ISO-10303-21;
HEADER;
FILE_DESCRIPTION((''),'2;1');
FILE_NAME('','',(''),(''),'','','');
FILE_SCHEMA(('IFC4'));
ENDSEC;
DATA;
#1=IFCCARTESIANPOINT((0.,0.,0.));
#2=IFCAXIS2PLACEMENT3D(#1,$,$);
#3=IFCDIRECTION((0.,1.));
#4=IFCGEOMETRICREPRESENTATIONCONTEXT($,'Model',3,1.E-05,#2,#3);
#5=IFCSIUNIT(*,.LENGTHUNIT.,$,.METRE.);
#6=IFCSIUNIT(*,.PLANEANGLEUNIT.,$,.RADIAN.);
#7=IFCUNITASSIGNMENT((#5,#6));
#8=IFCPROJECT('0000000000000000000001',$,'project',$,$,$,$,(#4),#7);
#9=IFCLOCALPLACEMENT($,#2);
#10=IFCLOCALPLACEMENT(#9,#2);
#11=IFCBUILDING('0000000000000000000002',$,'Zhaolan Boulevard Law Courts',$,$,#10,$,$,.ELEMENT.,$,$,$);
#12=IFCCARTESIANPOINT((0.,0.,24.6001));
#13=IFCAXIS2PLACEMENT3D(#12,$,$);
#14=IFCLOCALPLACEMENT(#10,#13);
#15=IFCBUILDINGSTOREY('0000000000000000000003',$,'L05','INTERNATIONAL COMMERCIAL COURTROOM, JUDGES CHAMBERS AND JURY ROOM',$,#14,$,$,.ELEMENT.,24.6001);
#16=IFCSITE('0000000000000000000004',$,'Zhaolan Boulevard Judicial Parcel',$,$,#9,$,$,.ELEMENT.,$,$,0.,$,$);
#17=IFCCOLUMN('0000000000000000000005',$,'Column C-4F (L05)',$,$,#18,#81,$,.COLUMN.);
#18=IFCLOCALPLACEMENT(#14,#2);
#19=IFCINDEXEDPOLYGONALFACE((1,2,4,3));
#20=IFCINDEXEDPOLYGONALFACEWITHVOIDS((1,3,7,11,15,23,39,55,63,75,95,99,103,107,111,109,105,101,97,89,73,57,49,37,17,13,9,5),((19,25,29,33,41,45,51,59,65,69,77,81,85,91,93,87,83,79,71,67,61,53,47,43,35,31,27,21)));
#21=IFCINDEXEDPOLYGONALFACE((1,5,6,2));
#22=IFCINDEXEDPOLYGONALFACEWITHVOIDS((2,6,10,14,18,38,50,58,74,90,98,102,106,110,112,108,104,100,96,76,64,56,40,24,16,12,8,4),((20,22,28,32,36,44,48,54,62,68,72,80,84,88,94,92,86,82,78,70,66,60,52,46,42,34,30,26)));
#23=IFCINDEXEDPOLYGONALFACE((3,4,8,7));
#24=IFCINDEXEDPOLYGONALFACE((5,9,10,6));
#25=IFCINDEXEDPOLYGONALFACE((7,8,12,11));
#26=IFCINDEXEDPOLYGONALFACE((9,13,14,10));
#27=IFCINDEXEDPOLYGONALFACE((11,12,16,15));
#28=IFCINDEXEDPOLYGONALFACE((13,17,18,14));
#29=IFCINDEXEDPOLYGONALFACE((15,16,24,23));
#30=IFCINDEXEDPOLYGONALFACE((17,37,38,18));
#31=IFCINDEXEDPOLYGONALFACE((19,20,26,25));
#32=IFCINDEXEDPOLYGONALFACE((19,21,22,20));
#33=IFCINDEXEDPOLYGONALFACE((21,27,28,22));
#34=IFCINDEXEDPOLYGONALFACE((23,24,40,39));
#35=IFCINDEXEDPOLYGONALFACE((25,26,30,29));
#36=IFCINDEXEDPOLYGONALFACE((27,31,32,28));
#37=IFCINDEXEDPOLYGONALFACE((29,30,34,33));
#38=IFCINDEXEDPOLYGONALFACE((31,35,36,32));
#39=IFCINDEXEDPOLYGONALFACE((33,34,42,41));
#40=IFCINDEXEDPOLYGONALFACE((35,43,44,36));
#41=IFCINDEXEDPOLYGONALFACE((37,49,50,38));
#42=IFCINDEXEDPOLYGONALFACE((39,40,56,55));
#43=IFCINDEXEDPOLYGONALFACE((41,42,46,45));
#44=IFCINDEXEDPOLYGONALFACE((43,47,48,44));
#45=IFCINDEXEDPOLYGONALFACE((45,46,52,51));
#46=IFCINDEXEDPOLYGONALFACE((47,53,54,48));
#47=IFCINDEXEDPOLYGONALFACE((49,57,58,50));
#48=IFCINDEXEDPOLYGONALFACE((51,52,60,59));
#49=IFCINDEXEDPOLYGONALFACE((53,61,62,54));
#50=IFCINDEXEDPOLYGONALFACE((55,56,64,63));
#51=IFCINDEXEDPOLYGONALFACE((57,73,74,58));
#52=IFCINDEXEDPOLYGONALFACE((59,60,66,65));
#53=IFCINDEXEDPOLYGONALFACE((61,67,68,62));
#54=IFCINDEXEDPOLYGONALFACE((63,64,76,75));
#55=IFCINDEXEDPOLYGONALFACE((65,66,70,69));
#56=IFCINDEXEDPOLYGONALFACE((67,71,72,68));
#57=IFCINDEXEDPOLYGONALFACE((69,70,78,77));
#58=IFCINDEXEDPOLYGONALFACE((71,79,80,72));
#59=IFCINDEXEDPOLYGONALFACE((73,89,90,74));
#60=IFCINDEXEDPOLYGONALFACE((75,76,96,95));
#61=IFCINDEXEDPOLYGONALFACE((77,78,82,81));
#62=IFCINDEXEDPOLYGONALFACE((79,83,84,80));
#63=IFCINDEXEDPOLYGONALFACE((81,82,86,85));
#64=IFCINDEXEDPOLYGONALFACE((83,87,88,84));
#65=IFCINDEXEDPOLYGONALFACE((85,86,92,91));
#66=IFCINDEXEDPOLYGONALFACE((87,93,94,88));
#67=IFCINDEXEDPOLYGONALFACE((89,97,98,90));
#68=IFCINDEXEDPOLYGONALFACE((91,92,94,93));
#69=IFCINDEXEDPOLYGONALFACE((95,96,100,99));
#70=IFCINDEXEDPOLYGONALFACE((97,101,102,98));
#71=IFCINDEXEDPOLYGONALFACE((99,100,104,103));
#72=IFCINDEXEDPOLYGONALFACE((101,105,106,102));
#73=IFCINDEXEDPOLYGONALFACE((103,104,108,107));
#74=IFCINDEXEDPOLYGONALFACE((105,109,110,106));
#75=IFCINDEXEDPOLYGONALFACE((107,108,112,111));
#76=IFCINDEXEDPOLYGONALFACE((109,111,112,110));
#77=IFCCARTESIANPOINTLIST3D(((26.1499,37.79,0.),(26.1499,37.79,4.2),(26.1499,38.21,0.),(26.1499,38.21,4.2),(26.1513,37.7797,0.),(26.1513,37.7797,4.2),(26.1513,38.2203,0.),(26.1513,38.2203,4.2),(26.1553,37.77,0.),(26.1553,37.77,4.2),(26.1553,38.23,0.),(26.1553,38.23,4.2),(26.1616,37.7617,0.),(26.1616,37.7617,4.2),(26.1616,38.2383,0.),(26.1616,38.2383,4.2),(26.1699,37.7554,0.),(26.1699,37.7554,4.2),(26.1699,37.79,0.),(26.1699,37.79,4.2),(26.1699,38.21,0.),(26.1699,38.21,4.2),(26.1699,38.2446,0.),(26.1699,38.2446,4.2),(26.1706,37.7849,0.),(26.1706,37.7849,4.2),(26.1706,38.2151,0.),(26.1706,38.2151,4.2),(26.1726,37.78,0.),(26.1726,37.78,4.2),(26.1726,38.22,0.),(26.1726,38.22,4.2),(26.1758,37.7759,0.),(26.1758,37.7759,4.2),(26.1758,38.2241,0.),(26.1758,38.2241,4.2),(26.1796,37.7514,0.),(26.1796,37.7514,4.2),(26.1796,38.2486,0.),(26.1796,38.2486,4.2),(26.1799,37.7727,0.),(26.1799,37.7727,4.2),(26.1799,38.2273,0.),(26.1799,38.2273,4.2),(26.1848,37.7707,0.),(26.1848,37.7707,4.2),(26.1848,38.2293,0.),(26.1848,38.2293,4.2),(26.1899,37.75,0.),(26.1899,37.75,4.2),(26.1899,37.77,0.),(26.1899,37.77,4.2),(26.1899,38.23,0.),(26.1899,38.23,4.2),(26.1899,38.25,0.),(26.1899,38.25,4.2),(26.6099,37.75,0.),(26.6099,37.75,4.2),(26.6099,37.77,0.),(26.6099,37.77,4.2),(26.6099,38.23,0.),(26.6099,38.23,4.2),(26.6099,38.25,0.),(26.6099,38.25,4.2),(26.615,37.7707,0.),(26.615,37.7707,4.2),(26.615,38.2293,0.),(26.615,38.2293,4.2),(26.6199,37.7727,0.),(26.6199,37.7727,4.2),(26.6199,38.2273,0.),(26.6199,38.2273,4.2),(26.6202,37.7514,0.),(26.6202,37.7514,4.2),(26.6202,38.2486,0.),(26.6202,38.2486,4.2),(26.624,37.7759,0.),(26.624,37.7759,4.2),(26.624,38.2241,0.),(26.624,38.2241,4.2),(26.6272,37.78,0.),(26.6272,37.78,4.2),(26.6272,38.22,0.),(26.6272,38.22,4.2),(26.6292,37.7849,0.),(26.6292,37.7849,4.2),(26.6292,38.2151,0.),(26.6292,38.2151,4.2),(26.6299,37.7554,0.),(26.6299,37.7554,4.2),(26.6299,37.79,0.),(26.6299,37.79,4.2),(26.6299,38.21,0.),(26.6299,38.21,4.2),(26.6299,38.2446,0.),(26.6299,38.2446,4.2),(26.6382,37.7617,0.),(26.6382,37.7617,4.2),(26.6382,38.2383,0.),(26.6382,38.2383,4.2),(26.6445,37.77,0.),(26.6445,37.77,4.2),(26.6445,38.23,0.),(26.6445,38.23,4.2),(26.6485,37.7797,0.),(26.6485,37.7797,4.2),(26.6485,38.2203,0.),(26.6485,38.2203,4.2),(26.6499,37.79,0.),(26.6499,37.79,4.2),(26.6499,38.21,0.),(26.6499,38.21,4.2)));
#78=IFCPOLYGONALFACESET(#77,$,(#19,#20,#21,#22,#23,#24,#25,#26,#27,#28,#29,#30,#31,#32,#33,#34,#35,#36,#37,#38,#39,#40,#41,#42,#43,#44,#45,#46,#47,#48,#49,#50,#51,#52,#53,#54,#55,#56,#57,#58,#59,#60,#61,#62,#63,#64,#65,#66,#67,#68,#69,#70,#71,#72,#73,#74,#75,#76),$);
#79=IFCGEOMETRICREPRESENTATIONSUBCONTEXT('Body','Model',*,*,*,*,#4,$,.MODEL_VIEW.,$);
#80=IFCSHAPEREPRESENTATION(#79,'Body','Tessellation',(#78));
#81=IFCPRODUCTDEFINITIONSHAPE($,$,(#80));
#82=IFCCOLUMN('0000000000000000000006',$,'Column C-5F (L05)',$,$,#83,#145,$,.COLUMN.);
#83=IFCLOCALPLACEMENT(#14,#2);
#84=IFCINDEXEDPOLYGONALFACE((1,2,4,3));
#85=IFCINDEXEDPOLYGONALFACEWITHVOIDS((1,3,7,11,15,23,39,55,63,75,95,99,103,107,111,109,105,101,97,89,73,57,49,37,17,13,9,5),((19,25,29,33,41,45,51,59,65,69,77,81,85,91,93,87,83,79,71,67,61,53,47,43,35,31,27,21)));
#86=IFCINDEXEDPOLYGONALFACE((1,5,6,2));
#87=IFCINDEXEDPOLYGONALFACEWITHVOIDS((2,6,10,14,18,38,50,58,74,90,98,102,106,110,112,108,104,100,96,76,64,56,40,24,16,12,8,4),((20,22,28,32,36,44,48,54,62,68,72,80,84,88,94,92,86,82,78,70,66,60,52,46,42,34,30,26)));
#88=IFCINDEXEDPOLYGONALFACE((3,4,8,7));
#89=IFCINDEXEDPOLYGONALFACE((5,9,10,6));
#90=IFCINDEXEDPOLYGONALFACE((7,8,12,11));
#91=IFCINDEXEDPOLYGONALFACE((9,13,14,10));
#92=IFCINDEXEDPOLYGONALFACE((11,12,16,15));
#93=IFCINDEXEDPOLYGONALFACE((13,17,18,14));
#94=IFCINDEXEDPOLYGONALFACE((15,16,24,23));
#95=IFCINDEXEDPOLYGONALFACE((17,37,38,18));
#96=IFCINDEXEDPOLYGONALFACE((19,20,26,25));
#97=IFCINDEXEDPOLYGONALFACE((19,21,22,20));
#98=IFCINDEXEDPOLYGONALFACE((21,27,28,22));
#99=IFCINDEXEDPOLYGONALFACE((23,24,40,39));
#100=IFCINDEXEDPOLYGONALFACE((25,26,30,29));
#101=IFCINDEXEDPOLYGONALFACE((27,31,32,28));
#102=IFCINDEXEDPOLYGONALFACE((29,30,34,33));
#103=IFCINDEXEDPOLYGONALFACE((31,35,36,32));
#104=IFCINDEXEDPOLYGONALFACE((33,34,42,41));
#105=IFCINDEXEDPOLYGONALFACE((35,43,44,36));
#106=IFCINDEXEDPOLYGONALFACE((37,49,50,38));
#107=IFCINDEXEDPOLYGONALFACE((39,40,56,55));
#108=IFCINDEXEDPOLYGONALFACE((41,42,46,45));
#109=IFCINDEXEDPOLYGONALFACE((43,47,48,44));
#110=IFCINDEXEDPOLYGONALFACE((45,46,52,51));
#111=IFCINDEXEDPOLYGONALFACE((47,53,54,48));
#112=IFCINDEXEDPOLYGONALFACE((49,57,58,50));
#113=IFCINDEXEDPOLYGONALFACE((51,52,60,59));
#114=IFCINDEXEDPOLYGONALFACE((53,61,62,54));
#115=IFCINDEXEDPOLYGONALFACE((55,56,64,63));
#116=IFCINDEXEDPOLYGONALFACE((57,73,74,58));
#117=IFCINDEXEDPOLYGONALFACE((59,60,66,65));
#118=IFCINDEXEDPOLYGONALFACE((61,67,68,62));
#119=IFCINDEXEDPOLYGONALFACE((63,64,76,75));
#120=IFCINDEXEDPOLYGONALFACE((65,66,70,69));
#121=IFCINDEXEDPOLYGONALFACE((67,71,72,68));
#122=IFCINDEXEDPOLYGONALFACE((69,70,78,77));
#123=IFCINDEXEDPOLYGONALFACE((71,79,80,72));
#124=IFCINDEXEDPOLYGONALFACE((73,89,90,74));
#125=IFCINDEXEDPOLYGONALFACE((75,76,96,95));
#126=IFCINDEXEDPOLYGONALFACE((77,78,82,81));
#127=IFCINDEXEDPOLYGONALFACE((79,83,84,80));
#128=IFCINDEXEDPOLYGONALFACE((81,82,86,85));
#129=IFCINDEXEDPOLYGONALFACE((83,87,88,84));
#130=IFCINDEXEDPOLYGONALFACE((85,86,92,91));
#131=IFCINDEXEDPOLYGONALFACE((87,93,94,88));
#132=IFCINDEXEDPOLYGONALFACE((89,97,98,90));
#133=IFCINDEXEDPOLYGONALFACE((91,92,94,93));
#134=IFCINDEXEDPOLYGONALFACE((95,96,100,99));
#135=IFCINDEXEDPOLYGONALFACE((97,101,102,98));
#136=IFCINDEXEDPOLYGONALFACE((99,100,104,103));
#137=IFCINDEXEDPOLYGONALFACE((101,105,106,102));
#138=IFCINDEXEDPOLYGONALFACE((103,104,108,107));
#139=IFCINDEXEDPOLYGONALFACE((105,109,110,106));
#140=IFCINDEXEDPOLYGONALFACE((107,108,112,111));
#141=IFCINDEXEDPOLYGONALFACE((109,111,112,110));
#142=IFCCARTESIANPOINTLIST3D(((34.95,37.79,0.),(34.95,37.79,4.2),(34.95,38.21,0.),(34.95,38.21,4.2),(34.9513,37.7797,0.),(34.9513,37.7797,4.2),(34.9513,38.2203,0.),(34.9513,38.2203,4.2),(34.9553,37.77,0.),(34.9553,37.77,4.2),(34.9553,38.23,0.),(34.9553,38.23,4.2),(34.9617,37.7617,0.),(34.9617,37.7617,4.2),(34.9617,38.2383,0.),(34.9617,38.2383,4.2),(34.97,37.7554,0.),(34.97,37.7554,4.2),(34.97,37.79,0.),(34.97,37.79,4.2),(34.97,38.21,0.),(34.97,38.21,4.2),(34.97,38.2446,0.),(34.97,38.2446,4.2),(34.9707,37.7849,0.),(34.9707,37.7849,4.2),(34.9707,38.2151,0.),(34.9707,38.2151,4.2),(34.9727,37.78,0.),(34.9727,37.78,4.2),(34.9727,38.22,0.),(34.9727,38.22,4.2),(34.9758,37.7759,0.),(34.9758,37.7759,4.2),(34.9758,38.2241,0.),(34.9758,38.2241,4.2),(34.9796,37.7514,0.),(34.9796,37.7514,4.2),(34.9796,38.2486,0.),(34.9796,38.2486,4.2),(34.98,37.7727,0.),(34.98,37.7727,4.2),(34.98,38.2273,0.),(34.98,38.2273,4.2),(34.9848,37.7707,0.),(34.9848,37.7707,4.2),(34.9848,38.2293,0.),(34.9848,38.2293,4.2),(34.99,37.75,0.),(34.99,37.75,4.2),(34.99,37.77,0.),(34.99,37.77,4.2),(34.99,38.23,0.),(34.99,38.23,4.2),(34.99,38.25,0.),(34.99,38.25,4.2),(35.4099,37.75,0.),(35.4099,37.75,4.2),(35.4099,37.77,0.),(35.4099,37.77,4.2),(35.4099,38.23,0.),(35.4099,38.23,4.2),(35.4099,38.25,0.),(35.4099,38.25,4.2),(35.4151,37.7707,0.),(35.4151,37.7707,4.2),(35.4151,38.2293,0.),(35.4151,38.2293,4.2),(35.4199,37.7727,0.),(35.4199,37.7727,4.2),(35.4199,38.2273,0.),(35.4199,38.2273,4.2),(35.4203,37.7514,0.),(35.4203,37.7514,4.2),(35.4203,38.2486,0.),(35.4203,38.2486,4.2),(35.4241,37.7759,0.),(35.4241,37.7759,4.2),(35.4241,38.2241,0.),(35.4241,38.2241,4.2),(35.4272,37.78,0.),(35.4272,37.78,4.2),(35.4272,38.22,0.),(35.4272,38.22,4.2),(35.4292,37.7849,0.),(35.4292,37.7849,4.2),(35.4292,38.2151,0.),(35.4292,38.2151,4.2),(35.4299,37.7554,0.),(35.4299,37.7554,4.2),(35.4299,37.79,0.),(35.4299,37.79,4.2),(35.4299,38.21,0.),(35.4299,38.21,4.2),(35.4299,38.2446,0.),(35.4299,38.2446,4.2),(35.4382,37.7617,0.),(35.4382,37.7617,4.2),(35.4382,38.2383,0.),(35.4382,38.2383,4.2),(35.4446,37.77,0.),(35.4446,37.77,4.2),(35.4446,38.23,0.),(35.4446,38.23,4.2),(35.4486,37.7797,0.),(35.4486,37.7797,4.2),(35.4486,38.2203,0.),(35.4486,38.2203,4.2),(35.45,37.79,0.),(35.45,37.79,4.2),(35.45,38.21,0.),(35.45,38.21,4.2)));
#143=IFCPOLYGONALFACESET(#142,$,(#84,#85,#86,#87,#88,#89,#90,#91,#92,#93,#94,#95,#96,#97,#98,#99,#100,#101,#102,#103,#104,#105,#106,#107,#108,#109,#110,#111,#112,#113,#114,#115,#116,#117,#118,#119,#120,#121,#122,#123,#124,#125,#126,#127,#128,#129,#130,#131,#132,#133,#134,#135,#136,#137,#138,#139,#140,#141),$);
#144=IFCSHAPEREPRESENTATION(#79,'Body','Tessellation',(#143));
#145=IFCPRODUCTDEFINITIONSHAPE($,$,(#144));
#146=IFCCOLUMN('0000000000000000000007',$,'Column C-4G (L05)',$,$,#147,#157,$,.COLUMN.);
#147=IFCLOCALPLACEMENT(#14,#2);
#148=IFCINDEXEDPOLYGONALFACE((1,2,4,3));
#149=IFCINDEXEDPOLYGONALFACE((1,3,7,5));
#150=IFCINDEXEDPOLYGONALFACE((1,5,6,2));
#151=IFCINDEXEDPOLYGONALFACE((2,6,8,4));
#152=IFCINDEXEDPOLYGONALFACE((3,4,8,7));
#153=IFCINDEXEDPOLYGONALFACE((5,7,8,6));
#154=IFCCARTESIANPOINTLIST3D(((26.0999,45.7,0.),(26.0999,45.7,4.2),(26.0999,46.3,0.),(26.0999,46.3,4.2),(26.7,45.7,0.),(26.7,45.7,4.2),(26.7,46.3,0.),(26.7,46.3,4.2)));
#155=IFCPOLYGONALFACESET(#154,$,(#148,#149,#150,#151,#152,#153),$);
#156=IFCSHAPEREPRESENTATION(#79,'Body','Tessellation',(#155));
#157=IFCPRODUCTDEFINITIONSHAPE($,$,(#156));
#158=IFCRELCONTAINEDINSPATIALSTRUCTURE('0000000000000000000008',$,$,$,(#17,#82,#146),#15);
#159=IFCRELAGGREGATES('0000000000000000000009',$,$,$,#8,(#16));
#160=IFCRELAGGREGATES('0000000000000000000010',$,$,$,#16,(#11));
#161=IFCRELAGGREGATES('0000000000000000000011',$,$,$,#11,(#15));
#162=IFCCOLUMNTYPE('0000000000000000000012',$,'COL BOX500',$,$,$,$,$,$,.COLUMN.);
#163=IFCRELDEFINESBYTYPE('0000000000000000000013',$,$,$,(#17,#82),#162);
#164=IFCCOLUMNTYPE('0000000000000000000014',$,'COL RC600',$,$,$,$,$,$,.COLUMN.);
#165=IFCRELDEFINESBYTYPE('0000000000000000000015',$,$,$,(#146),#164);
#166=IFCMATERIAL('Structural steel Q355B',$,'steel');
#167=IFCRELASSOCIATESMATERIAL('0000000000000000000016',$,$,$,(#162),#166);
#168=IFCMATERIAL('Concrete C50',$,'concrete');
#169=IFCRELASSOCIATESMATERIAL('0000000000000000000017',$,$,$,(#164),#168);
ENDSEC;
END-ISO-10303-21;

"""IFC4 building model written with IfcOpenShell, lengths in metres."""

from ifc_helpers import new_model, si_unit, direction, frame, origin, origin_2d, place, context, subcontext, project, spatial, rectangle, hollow_rectangle, extrude, material, material_profile, profile_set, type_object, element, save


model = new_model("IFC4")

# Units and contexts
model_context = context("Model", 3, precision=1e-05, world=origin(), true_north=direction((0.0, 1.0)))
body_context = subcontext(model_context, "Body", "Model", "MODEL_VIEW")
ifc_project = project(units=[si_unit("LENGTHUNIT", "METRE"), si_unit("PLANEANGLEUNIT", "RADIAN")], contexts=[model_context])

# Site, building, storey
site_placement = place(None, origin())
site = spatial("IfcSite", under=ifc_project, at=site_placement, Name="Zhaolan Boulevard Judicial Parcel", CompositionType="ELEMENT", RefElevation=0.0)
building_placement = place(site_placement, origin())
building = spatial("IfcBuilding", under=site, at=building_placement, Name="Zhaolan Boulevard Law Courts", CompositionType="ELEMENT")
storey_placement = place(building_placement, frame((0.0, 0.0, 24.6001)))
storey = spatial("IfcBuildingStorey", under=building, at=storey_placement, Name="L05", Description="INTERNATIONAL COMMERCIAL COURTROOM, JUDGES CHAMBERS AND JURY ROOM", CompositionType="ELEMENT", Elevation=24.6001)

# Columns
ifc_material_1 = material(Name="Structural steel Q355B", Category="steel")
ifc_material_profile_1 = material_profile(ifc_material_1, hollow_rectangle(XDim=0.5, YDim=0.5, WallThickness=0.02, InnerFilletRadius=0.02, OuterFilletRadius=0.04, at=origin_2d()), Name="BOX500x500x20")
ifc_profile_set_1 = profile_set([ifc_material_profile_1], Name="Structural steel Q355B")
column_type_1 = type_object("IfcColumnType", Name="COL BOX500", PredefinedType="COLUMN", material=ifc_profile_set_1)
for number, where, z_axis, x_axis, name in (
    (1, (26.3999, 38.0, 0.0), (0.0, 0.0, 1.0), (1.0, 0.0, 0.0), "Column C-4F (L05)"),
    (2, (35.2, 38.0, 0.0), (0.0, 0.0, 1.0), (1.0, 0.0, 0.0), "Column C-5F (L05)"),
):
    element("IfcColumn", number, at=place(storey_placement, frame(where, z_axis=z_axis, x_axis=x_axis)), inside=storey, type_object=column_type_1, Name=name, PredefinedType="COLUMN", context=body_context, shape_type="SweptSolid", body=[
        extrude(hollow_rectangle(XDim=0.5, YDim=0.5, WallThickness=0.02, InnerFilletRadius=0.02, OuterFilletRadius=0.04, at=origin_2d()), origin(), (0.0, 0.0, 1.0), 4.2),
    ])
ifc_material_2 = material(Name="Concrete C50", Category="concrete")
ifc_material_profile_2 = material_profile(ifc_material_2, rectangle(XDim=0.6001, YDim=0.6001, at=origin_2d()), Name="RC600x600")
ifc_profile_set_2 = profile_set([ifc_material_profile_2], Name="Concrete C50")
column_type_2 = type_object("IfcColumnType", Name="COL RC600", PredefinedType="COLUMN", material=ifc_profile_set_2)
column_placement = place(storey_placement, frame((26.3999, 46.0, 0.0), z_axis=(0.0, 0.0, 1.0), x_axis=(1.0, 0.0, 0.0)))
element("IfcColumn", 3, at=column_placement, inside=storey, type_object=column_type_2, Name="Column C-4G (L05)", PredefinedType="COLUMN", context=body_context, shape_type="SweptSolid", body=[
    extrude(rectangle(XDim=0.6001, YDim=0.6001, at=origin_2d()), origin(), (0.0, 0.0, 1.0), 4.2),
])

save(model, "model.ifc")
